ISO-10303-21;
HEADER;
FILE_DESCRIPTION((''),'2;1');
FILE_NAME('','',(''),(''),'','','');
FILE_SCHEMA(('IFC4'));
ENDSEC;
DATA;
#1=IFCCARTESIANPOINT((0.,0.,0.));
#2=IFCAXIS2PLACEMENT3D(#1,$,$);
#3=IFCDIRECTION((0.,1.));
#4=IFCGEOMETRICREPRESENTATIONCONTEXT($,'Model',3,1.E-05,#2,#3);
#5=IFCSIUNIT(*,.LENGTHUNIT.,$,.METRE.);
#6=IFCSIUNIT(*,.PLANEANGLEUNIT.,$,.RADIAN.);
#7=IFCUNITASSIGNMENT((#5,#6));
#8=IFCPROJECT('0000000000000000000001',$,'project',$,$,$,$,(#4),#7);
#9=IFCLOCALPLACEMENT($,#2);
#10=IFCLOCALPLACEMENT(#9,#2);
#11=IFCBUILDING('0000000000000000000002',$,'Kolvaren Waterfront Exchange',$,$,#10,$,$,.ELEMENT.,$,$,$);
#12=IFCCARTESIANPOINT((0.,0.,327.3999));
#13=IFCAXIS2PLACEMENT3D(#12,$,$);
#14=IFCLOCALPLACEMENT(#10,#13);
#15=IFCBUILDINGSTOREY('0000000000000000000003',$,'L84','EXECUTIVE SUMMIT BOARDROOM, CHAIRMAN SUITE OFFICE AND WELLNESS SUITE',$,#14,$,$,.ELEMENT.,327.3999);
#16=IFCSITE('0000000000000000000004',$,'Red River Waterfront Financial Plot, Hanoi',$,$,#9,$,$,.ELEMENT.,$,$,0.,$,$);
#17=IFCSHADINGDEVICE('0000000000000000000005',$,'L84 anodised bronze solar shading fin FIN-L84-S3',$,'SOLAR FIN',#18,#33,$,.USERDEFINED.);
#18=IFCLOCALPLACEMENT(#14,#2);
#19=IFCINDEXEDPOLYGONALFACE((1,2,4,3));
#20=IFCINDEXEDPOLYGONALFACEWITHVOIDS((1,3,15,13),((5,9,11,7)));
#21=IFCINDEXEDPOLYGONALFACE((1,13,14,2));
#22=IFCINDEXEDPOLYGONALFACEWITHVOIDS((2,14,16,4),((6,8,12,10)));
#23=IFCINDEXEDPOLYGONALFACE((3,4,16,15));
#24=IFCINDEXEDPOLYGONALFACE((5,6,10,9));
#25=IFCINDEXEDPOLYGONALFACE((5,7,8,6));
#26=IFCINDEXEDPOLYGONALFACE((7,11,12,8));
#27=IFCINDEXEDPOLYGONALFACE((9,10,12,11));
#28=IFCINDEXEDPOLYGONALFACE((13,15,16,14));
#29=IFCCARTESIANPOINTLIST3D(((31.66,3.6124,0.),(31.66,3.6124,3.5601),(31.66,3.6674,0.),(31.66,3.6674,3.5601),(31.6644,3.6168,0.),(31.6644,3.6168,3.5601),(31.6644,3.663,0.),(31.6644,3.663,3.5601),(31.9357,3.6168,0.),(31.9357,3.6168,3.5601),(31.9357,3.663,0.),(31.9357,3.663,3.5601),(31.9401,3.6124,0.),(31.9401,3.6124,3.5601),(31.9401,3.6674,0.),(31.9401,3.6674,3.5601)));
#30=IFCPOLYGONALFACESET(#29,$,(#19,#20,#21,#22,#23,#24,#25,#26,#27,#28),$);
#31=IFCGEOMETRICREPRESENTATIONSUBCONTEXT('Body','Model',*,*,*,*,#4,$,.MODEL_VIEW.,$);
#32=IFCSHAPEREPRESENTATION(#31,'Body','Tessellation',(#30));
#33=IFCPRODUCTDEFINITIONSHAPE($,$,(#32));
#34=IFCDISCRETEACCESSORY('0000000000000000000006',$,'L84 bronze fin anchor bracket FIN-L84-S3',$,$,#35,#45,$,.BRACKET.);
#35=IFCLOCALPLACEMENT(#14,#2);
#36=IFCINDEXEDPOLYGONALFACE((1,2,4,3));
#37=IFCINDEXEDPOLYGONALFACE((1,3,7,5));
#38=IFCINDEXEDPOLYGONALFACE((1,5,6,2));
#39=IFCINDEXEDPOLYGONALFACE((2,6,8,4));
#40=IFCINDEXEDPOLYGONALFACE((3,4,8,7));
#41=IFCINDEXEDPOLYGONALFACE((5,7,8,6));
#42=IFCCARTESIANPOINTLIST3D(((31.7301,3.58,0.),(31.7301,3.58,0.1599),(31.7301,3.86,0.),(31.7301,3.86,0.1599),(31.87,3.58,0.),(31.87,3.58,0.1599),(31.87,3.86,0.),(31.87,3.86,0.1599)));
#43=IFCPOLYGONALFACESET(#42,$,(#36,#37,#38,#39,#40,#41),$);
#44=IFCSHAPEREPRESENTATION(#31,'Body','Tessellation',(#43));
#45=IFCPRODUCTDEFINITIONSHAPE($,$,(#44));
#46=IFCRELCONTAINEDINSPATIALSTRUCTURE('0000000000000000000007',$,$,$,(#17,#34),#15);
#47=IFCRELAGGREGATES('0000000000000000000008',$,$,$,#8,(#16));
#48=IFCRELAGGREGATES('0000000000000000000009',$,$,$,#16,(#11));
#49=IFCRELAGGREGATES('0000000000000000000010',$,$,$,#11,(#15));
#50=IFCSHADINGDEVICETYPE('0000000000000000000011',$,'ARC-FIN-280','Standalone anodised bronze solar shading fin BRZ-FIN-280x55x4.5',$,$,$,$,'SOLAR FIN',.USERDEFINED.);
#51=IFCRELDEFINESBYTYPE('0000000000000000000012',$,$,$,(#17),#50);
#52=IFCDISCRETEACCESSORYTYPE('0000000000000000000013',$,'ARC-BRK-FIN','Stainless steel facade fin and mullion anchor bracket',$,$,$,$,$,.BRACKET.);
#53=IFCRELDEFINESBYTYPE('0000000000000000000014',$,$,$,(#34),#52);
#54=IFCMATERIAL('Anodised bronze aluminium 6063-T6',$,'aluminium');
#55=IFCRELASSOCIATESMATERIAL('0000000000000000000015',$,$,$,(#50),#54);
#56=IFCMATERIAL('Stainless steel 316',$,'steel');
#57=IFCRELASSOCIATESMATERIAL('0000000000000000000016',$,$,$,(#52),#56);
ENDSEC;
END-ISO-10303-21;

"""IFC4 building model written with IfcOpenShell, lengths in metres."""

from ifc_helpers import new_model, si_unit, direction, frame, origin, origin_with_axes, origin_2d, place, context, subcontext, project, spatial, rectangle, hollow_rectangle, extrude, source, transform, mapped, material, material_profile, profile_set, type_object, element, save


model = new_model("IFC4")

# Units and contexts
model_context = context("Model", 3, precision=1e-05, world=origin(), true_north=direction((0.0, 1.0)))
body_context = subcontext(model_context, "Body", "Model", "MODEL_VIEW")
ifc_project = project(units=[si_unit("LENGTHUNIT", "METRE"), si_unit("PLANEANGLEUNIT", "RADIAN")], contexts=[model_context])

# Site, building, storey
site_placement = place(None, origin())
site = spatial("IfcSite", under=ifc_project, at=site_placement, Name="Red River Waterfront Financial Plot, Hanoi", CompositionType="ELEMENT", RefElevation=0.0)
building_placement = place(site_placement, origin())
building = spatial("IfcBuilding", under=site, at=building_placement, Name="Kolvaren Waterfront Exchange", CompositionType="ELEMENT")
storey_placement = place(building_placement, frame((0.0, 0.0, 327.3999)))
storey = spatial("IfcBuildingStorey", under=building, at=storey_placement, Name="L84", Description="EXECUTIVE SUMMIT BOARDROOM, CHAIRMAN SUITE OFFICE AND WELLNESS SUITE", CompositionType="ELEMENT", Elevation=327.3999)

# Shared definitions
ifc_material_1 = material(Name="Anodised bronze aluminium 6063-T6", Category="aluminium")

# Shading device
ifc_material_profile_1 = material_profile(ifc_material_1, hollow_rectangle(XDim=0.0549, YDim=0.28, WallThickness=0.0044, at=origin_2d()), Name="BRZ-FIN-280x55x4.5")
ifc_profile_set_1 = profile_set([ifc_material_profile_1], Name="Anodised bronze aluminium 6063-T6")
shading_device_type = type_object("IfcShadingDeviceType", Name="ARC-FIN-280", Description="Standalone anodised bronze solar shading fin BRZ-FIN-280x55x4.5", ElementType="SOLAR FIN", PredefinedType="USERDEFINED", material=ifc_profile_set_1)
shading_device_placement = place(storey_placement, frame((31.8, 3.6399, 0.0), z_axis=(0.0, 0.0, 1.0), x_axis=(0.0, -1.0, 0.0)))
element("IfcShadingDevice", 1, at=shading_device_placement, inside=storey, type_object=shading_device_type, Name="L84 anodised bronze solar shading fin FIN-L84-S3", ObjectType="SOLAR FIN", PredefinedType="USERDEFINED", context=body_context, shape_type="SweptSolid", body=[
    extrude(hollow_rectangle(XDim=0.0549, YDim=0.28, WallThickness=0.0044, at=origin_2d()), origin(), (0.0, 0.0, 1.0), 3.5601),
])

# Discrete accessory
ifc_material_2 = material(Name="Stainless steel 316", Category="steel")
discrete_accessory_type = type_object("IfcDiscreteAccessoryType", Name="ARC-BRK-FIN", Description="Stainless steel facade fin and mullion anchor bracket", PredefinedType="BRACKET", material=ifc_material_2)
shared_shape_1 = source(origin_with_axes(), body_context, "Body", "SweptSolid", [
    extrude(rectangle(XDim=0.28, YDim=0.1399, at=origin_2d()), origin(), (0.0, 0.0, 1.0), 0.1599),
])
discrete_accessory_placement = place(storey_placement, frame((31.8, 3.72, 0.0), z_axis=(0.0, 0.0, 1.0), x_axis=(0.0, -1.0, 0.0)))
element("IfcDiscreteAccessory", 2, at=discrete_accessory_placement, inside=storey, type_object=discrete_accessory_type, Name="L84 bronze fin anchor bracket FIN-L84-S3", PredefinedType="BRACKET", context=body_context, shape_type="MappedRepresentation", body=[
    mapped(shared_shape_1, transform((0.0, 0.0, 0.0), x_axis=(1.0, 0.0, 0.0), y_axis=(0.0, 1.0, 0.0), z_axis=(0.0, 0.0, 1.0), scale=1.0)),
])

save(model, "model.ifc")
